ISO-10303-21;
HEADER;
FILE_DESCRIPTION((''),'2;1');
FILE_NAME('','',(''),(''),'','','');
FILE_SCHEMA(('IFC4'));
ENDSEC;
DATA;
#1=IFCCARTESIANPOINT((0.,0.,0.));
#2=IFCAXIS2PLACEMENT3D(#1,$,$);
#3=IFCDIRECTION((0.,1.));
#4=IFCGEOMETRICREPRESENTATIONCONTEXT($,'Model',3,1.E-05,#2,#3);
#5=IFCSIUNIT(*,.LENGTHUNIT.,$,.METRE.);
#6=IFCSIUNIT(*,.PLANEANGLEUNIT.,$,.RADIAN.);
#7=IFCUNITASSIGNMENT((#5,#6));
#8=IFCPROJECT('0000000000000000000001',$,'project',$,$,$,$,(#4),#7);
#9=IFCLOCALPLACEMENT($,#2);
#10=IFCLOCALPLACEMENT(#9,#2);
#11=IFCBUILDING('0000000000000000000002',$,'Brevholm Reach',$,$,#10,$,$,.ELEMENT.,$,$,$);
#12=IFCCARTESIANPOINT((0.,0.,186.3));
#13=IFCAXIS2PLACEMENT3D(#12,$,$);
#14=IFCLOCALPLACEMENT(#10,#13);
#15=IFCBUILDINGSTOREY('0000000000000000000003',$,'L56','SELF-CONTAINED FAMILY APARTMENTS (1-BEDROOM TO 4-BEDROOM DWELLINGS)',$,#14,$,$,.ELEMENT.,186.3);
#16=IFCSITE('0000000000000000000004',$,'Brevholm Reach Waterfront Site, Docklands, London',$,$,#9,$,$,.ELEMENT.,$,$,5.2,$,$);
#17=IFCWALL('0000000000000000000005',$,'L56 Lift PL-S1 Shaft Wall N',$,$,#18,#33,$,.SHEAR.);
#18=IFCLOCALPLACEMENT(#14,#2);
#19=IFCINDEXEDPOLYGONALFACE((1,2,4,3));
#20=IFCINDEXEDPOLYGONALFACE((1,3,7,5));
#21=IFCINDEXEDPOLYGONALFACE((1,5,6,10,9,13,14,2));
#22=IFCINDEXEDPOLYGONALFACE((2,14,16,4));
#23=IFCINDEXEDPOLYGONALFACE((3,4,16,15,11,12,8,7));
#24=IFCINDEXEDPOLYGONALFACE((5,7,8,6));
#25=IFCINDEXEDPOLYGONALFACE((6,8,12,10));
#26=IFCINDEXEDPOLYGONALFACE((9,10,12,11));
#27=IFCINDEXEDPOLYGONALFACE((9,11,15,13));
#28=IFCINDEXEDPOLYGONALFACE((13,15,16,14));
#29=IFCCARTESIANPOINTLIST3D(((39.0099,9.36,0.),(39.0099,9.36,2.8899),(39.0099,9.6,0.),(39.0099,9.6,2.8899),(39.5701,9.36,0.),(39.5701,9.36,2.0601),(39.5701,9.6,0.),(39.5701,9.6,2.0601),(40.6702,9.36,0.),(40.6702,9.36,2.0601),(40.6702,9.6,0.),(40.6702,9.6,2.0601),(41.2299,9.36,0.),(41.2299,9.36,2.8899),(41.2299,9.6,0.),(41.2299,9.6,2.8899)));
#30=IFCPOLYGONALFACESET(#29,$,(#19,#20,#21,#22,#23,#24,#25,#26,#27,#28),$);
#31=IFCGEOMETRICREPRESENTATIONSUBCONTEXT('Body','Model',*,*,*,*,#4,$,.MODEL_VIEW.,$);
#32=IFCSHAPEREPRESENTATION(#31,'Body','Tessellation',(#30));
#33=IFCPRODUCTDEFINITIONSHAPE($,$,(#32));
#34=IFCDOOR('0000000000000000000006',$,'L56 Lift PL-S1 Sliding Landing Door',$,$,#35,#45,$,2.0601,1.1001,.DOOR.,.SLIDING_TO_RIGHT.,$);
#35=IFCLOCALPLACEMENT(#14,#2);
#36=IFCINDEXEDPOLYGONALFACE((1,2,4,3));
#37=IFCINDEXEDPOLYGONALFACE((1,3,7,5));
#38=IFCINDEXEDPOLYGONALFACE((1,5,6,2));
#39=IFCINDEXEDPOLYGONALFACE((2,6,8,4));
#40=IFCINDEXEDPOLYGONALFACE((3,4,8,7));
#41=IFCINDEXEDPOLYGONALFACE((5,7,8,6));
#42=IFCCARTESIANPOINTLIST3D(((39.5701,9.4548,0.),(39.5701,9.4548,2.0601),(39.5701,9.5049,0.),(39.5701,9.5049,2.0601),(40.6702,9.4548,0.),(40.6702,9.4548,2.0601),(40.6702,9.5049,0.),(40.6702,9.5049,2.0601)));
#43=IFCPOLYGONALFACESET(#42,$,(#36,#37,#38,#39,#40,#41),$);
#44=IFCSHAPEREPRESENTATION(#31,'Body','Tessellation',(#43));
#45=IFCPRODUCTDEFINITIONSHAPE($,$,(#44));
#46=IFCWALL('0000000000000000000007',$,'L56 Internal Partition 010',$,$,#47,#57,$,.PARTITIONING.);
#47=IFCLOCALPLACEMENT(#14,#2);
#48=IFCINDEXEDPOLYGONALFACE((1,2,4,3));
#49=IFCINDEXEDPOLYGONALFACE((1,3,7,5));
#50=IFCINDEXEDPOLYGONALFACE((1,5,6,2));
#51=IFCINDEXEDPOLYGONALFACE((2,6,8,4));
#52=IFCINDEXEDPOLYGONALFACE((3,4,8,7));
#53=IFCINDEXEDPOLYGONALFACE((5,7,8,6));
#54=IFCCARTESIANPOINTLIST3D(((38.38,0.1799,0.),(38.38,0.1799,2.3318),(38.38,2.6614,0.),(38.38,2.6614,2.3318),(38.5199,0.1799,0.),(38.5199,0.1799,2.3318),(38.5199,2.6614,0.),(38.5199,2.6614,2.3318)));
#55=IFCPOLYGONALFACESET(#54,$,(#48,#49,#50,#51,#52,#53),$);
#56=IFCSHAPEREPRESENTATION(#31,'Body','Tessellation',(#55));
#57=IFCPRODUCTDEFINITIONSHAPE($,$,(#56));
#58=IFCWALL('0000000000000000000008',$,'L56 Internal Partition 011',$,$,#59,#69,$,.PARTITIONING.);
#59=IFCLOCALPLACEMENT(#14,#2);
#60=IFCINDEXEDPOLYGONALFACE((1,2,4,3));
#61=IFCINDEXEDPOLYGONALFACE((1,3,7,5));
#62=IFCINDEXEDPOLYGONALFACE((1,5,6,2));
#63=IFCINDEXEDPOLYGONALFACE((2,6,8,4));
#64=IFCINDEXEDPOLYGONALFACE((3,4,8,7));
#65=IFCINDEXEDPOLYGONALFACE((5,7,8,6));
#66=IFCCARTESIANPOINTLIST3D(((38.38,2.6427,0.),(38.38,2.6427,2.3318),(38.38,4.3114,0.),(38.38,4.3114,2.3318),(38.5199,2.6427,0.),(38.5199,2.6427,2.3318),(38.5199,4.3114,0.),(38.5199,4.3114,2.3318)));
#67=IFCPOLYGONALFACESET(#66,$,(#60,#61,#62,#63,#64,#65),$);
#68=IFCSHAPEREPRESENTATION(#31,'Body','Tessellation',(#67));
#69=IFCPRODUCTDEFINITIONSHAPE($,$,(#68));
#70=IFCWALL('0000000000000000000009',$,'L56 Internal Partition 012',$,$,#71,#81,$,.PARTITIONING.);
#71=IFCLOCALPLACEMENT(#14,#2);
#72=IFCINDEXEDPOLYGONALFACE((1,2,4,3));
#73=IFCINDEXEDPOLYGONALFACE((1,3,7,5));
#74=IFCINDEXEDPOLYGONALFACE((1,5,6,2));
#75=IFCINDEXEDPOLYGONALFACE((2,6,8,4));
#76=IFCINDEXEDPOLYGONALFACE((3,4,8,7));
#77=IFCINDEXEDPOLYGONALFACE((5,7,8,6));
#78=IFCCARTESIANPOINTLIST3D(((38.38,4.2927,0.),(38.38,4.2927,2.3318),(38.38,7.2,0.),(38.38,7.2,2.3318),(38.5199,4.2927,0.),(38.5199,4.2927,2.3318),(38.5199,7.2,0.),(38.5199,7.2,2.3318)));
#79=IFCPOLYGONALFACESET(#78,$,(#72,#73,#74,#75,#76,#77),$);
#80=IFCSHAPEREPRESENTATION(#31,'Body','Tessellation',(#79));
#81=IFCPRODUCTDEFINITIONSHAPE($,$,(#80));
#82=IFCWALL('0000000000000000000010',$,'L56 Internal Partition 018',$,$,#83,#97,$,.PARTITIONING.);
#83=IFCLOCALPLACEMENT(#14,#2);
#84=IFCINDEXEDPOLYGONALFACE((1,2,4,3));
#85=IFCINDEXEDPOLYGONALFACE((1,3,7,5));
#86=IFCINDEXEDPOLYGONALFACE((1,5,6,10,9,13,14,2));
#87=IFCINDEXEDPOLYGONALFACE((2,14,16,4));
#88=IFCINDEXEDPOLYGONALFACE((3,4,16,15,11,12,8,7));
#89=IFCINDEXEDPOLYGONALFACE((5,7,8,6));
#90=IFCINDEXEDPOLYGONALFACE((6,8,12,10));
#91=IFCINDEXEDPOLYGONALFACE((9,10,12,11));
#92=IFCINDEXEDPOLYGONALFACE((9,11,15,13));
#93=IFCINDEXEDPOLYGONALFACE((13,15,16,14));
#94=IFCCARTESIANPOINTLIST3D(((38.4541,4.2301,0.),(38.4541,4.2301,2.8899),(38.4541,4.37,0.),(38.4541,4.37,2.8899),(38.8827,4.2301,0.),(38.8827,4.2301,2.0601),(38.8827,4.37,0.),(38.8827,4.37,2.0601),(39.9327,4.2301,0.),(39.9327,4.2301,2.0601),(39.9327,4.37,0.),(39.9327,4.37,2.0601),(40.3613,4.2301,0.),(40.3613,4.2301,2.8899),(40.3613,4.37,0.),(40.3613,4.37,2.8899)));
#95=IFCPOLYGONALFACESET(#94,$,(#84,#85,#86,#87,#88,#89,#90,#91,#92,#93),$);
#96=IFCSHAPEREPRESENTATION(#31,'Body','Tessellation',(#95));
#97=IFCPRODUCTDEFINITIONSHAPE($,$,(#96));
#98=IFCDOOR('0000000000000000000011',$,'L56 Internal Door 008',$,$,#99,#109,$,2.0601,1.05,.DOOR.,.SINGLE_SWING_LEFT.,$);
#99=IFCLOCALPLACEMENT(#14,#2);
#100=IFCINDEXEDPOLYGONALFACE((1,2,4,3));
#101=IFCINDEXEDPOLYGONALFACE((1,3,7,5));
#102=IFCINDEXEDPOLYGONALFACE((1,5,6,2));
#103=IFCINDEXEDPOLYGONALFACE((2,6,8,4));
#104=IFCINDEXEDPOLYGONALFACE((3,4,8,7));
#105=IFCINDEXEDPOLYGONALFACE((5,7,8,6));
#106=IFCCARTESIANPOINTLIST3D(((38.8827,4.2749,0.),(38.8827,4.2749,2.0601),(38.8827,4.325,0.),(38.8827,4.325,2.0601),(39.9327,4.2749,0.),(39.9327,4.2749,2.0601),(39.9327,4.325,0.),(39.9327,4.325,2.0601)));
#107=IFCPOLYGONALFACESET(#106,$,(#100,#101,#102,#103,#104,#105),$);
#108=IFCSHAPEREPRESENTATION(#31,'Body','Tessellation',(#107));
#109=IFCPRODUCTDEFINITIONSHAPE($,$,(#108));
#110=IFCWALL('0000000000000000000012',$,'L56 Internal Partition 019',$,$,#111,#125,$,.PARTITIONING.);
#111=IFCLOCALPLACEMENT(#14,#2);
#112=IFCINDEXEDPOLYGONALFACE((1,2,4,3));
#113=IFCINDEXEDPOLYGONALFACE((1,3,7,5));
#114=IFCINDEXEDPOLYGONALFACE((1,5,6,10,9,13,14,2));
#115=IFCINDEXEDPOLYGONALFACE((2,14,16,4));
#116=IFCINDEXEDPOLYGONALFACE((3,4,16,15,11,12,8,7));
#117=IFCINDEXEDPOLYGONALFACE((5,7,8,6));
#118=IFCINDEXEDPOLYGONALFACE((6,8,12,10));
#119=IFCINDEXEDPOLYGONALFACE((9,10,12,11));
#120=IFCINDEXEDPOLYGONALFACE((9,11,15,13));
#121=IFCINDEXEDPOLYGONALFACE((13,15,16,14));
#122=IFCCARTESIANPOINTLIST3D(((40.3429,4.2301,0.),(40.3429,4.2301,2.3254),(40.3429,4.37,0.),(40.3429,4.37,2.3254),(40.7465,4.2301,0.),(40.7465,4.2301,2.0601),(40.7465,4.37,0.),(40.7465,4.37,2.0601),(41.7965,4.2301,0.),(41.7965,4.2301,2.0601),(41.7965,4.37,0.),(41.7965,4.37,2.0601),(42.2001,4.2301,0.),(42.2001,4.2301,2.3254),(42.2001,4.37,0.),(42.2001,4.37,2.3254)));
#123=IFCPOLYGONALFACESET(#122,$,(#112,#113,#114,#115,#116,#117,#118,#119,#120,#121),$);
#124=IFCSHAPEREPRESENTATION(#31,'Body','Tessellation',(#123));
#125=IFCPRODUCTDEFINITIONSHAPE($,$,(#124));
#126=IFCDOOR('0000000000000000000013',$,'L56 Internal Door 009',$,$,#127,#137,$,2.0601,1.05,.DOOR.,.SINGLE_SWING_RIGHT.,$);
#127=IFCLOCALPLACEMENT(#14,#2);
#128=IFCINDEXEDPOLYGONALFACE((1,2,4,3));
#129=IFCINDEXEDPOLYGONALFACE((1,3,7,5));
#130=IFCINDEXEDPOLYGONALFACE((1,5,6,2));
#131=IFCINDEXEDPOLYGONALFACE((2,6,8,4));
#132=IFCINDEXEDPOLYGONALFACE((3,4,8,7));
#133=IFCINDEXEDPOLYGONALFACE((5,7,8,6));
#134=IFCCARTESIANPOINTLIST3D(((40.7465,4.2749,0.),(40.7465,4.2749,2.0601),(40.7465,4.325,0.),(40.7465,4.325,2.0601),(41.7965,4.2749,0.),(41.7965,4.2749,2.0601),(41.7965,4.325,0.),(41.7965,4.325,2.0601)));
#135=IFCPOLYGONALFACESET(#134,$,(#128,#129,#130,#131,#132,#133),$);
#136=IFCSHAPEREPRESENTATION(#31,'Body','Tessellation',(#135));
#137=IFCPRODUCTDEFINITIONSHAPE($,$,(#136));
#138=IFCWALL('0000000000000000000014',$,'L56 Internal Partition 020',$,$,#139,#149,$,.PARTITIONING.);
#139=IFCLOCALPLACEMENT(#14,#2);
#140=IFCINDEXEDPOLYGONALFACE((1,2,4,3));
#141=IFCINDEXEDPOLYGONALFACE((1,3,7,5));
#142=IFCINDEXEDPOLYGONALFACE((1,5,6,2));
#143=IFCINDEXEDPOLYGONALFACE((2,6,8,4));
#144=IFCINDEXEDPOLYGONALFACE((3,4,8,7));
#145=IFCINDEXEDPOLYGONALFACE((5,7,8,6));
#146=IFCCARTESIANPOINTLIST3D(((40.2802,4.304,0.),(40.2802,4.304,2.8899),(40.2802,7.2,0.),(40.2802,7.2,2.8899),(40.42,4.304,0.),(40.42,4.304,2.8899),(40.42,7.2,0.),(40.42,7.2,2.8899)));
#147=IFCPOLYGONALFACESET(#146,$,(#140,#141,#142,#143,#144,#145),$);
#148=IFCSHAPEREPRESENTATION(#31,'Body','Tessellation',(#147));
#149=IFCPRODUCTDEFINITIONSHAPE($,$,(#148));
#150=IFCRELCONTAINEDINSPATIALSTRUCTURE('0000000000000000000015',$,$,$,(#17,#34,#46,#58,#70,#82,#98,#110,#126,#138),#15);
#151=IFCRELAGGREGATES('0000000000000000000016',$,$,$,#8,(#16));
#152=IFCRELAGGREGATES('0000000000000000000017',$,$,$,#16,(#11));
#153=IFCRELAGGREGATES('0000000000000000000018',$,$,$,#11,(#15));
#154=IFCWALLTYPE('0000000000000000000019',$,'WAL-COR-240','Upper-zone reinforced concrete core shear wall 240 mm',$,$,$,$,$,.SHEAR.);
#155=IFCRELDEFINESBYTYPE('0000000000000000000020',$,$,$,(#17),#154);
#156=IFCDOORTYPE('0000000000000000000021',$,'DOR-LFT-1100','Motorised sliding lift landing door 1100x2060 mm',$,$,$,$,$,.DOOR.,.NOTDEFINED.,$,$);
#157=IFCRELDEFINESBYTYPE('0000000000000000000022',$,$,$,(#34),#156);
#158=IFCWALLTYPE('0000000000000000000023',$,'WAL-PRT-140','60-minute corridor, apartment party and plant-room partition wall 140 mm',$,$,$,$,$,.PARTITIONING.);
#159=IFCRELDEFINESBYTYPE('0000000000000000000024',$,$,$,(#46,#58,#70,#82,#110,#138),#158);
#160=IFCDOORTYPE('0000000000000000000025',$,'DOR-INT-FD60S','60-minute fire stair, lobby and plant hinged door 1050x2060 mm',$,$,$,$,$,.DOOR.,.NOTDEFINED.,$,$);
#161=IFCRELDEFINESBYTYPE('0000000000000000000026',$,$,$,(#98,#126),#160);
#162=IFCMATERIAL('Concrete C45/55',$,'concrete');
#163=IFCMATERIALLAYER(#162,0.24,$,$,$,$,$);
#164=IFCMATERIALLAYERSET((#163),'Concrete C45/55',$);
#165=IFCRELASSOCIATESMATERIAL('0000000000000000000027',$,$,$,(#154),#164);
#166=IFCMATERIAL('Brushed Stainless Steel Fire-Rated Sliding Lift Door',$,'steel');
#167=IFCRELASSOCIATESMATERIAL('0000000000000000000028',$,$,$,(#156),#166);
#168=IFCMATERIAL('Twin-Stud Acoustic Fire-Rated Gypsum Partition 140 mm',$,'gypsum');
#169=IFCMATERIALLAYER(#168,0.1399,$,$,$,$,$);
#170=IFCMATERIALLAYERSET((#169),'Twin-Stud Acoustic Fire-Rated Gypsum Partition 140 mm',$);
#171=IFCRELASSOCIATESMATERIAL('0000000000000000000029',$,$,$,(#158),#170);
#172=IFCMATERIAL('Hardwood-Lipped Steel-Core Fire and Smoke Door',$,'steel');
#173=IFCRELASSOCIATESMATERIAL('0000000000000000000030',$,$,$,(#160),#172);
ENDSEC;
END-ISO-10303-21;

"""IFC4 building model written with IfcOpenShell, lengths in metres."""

from ifc_helpers import new_model, si_unit, direction, frame, frame_2d, origin, place, context, subcontext, project, spatial, rectangle, extrude, material, layer, layer_set, type_object, element, fill, save


model = new_model("IFC4")

# Units and contexts
model_context = context("Model", 3, precision=1e-05, world=origin(), true_north=direction((0.0, 1.0)))
body_context = subcontext(model_context, "Body", "Model", "MODEL_VIEW")
ifc_project = project(units=[si_unit("LENGTHUNIT", "METRE"), si_unit("PLANEANGLEUNIT", "RADIAN")], contexts=[model_context])

# Site, building, storey
site_placement = place(None, origin())
site = spatial("IfcSite", under=ifc_project, at=site_placement, Name="Brevholm Reach Waterfront Site, Docklands, London", CompositionType="ELEMENT", RefElevation=5.2)
building_placement = place(site_placement, origin())
building = spatial("IfcBuilding", under=site, at=building_placement, Name="Brevholm Reach", CompositionType="ELEMENT")
storey_placement = place(building_placement, frame((0.0, 0.0, 186.3)))
storey = spatial("IfcBuildingStorey", under=building, at=storey_placement, Name="L56", Description="SELF-CONTAINED FAMILY APARTMENTS (1-BEDROOM TO 4-BEDROOM DWELLINGS)", CompositionType="ELEMENT", Elevation=186.3)

# Shared definitions
ifc_material_1 = material(Name="Concrete C45/55", Category="concrete")
ifc_layer_1 = layer(ifc_material_1, 0.24)
ifc_layer_set_1 = layer_set([ifc_layer_1], Name="Concrete C45/55")
wall_type_1 = type_object("IfcWallType", Name="WAL-COR-240", Description="Upper-zone reinforced concrete core shear wall 240 mm", PredefinedType="SHEAR", material=ifc_layer_set_1)

# Wall, opening, door
wall_1_placement = place(storey_placement, frame((39.01, 9.48, 0.0), z_axis=(0.0, 0.0, 1.0), x_axis=(1.0, 0.0, 0.0)))
wall_1 = element("IfcWall", 1, at=wall_1_placement, inside=storey, type_object=wall_type_1, Name="L56 Lift PL-S1 Shaft Wall N", PredefinedType="SHEAR", context=body_context, shape_type="SweptSolid", body=[
    extrude(rectangle(XDim=2.22, YDim=0.24, at=frame_2d((1.1099, 0.0))), origin(), (0.0, 0.0, 1.0), 2.8899),
])
opening_1_placement = place(wall_1_placement, frame((0.5601, 0.0, 0.0)))
opening_1 = element("IfcOpeningElement", 2, at=opening_1_placement, cuts=wall_1, PredefinedType="OPENING", context=body_context, shape_type="SweptSolid", body=[
    extrude(rectangle(XDim=1.1001, YDim=2.0601, at=frame_2d((0.55, 1.03))), frame((0.0, 0.1299, 0.0), z_axis=(0.0, -1.0, 0.0), x_axis=(1.0, 0.0, 0.0)), (0.0, 0.0, 1.0), 0.26),
])
ifc_material_2 = material(Name="Brushed Stainless Steel Fire-Rated Sliding Lift Door", Category="steel")
door_type_1 = type_object("IfcDoorType", Name="DOR-LFT-1100", Description="Motorised sliding lift landing door 1100x2060 mm", OperationType="NOTDEFINED", PredefinedType="DOOR", material=ifc_material_2)
door_1_placement = place(opening_1_placement, origin())
door_1 = element("IfcDoor", 3, at=door_1_placement, inside=storey, type_object=door_type_1, Name="L56 Lift PL-S1 Sliding Landing Door", OperationType="SLIDING_TO_RIGHT", OverallHeight=2.0601, OverallWidth=1.1001, PredefinedType="DOOR", context=body_context, shape_type="SweptSolid", body=[
    extrude(rectangle(XDim=1.1001, YDim=2.0601, at=frame_2d((0.55, 1.03))), frame((0.0, 0.0249, 0.0), z_axis=(0.0, -1.0, 0.0), x_axis=(1.0, 0.0, 0.0)), (0.0, 0.0, 1.0), 0.05),
])
fill(opening_1, door_1)

# Walls
ifc_material_3 = material(Name="Twin-Stud Acoustic Fire-Rated Gypsum Partition 140 mm", Category="gypsum")
ifc_layer_2 = layer(ifc_material_3, 0.1399)
ifc_layer_set_2 = layer_set([ifc_layer_2], Name="Twin-Stud Acoustic Fire-Rated Gypsum Partition 140 mm")
wall_type_2 = type_object("IfcWallType", Name="WAL-PRT-140", Description="60-minute corridor, apartment party and plant-room partition wall 140 mm", PredefinedType="PARTITIONING", material=ifc_layer_set_2)
wall_2_placement = place(storey_placement, frame((38.45, 0.1799, 0.0), z_axis=(0.0, 0.0, 1.0), x_axis=(0.0, 1.0, 0.0)))
element("IfcWall", 4, at=wall_2_placement, inside=storey, type_object=wall_type_2, Name="L56 Internal Partition 010", PredefinedType="PARTITIONING", context=body_context, shape_type="SweptSolid", body=[
    extrude(rectangle(XDim=2.4814, YDim=0.1399, at=frame_2d((1.2407, 0.0))), origin(), (0.0, 0.0, 1.0), 2.3318),
])
wall_3_placement = place(storey_placement, frame((38.45, 2.6426, 0.0), z_axis=(0.0, 0.0, 1.0), x_axis=(0.0, 1.0, 0.0)))
element("IfcWall", 5, at=wall_3_placement, inside=storey, type_object=wall_type_2, Name="L56 Internal Partition 011", PredefinedType="PARTITIONING", context=body_context, shape_type="SweptSolid", body=[
    extrude(rectangle(XDim=1.6687, YDim=0.1399, at=frame_2d((0.8345, 0.0))), origin(), (0.0, 0.0, 1.0), 2.3318),
])
wall_4_placement = place(storey_placement, frame((38.45, 4.2927, 0.0), z_axis=(0.0, 0.0, 1.0), x_axis=(0.0, 1.0, 0.0)))
element("IfcWall", 6, at=wall_4_placement, inside=storey, type_object=wall_type_2, Name="L56 Internal Partition 012", PredefinedType="PARTITIONING", context=body_context, shape_type="SweptSolid", body=[
    extrude(rectangle(XDim=2.9072, YDim=0.1399, at=frame_2d((1.4536, 0.0))), origin(), (0.0, 0.0, 1.0), 2.3318),
])

# Walls, openings, doors
wall_5_placement = place(storey_placement, frame((38.4541, 4.3, 0.0), z_axis=(0.0, 0.0, 1.0), x_axis=(1.0, 0.0, 0.0)))
wall_5 = element("IfcWall", 7, at=wall_5_placement, inside=storey, type_object=wall_type_2, Name="L56 Internal Partition 018", PredefinedType="PARTITIONING", context=body_context, shape_type="SweptSolid", body=[
    extrude(rectangle(XDim=1.9072, YDim=0.1399, at=frame_2d((0.9536, 0.0))), origin(), (0.0, 0.0, 1.0), 2.8899),
])
opening_2_placement = place(wall_5_placement, frame((0.4287, 0.0, 0.0)))
opening_2 = element("IfcOpeningElement", 8, at=opening_2_placement, cuts=wall_5, PredefinedType="OPENING", context=body_context, shape_type="SweptSolid", body=[
    extrude(rectangle(XDim=1.05, YDim=2.0601, at=frame_2d((0.5249, 1.03))), frame((0.0, 0.0798, 0.0), z_axis=(0.0, -1.0, 0.0), x_axis=(1.0, 0.0, 0.0)), (0.0, 0.0, 1.0), 0.1599),
])
ifc_material_4 = material(Name="Hardwood-Lipped Steel-Core Fire and Smoke Door", Category="steel")
door_type_2 = type_object("IfcDoorType", Name="DOR-INT-FD60S", Description="60-minute fire stair, lobby and plant hinged door 1050x2060 mm", OperationType="NOTDEFINED", PredefinedType="DOOR", material=ifc_material_4)
door_2_placement = place(opening_2_placement, origin())
door_2 = element("IfcDoor", 9, at=door_2_placement, inside=storey, type_object=door_type_2, Name="L56 Internal Door 008", OperationType="SINGLE_SWING_LEFT", OverallHeight=2.0601, OverallWidth=1.05, PredefinedType="DOOR", context=body_context, shape_type="SweptSolid", body=[
    extrude(rectangle(XDim=1.05, YDim=2.0601, at=frame_2d((0.5249, 1.03))), frame((0.0, 0.0249, 0.0), z_axis=(0.0, -1.0, 0.0), x_axis=(1.0, 0.0, 0.0)), (0.0, 0.0, 1.0), 0.05),
])
fill(opening_2, door_2)
wall_6_placement = place(storey_placement, frame((40.3428, 4.3, 0.0), z_axis=(0.0, 0.0, 1.0), x_axis=(1.0, 0.0, 0.0)))
wall_6 = element("IfcWall", 10, at=wall_6_placement, inside=storey, type_object=wall_type_2, Name="L56 Internal Partition 019", PredefinedType="PARTITIONING", context=body_context, shape_type="SweptSolid", body=[
    extrude(rectangle(XDim=1.8572, YDim=0.1399, at=frame_2d((0.9287, 0.0))), origin(), (0.0, 0.0, 1.0), 2.3254),
])
opening_3_placement = place(wall_6_placement, frame((0.4038, 0.0, 0.0)))
opening_3 = element("IfcOpeningElement", 11, at=opening_3_placement, cuts=wall_6, PredefinedType="OPENING", context=body_context, shape_type="SweptSolid", body=[
    extrude(rectangle(XDim=1.05, YDim=2.0601, at=frame_2d((0.5249, 1.03))), frame((0.0, 0.0798, 0.0), z_axis=(0.0, -1.0, 0.0), x_axis=(1.0, 0.0, 0.0)), (0.0, 0.0, 1.0), 0.1599),
])
door_3_placement = place(opening_3_placement, origin())
door_3 = element("IfcDoor", 12, at=door_3_placement, inside=storey, type_object=door_type_2, Name="L56 Internal Door 009", OperationType="SINGLE_SWING_RIGHT", OverallHeight=2.0601, OverallWidth=1.05, PredefinedType="DOOR", context=body_context, shape_type="SweptSolid", body=[
    extrude(rectangle(XDim=1.05, YDim=2.0601, at=frame_2d((0.5249, 1.03))), frame((0.0, 0.0249, 0.0), z_axis=(0.0, -1.0, 0.0), x_axis=(1.0, 0.0, 0.0)), (0.0, 0.0, 1.0), 0.05),
])
fill(opening_3, door_3)

# Wall
wall_7_placement = place(storey_placement, frame((40.3501, 4.304, 0.0), z_axis=(0.0, 0.0, 1.0), x_axis=(0.0, 1.0, 0.0)))
element("IfcWall", 13, at=wall_7_placement, inside=storey, type_object=wall_type_2, Name="L56 Internal Partition 020", PredefinedType="PARTITIONING", context=body_context, shape_type="SweptSolid", body=[
    extrude(rectangle(XDim=2.896, YDim=0.1399, at=frame_2d((1.448, 0.0))), origin(), (0.0, 0.0, 1.0), 2.8899),
])

save(model, "model.ifc")
